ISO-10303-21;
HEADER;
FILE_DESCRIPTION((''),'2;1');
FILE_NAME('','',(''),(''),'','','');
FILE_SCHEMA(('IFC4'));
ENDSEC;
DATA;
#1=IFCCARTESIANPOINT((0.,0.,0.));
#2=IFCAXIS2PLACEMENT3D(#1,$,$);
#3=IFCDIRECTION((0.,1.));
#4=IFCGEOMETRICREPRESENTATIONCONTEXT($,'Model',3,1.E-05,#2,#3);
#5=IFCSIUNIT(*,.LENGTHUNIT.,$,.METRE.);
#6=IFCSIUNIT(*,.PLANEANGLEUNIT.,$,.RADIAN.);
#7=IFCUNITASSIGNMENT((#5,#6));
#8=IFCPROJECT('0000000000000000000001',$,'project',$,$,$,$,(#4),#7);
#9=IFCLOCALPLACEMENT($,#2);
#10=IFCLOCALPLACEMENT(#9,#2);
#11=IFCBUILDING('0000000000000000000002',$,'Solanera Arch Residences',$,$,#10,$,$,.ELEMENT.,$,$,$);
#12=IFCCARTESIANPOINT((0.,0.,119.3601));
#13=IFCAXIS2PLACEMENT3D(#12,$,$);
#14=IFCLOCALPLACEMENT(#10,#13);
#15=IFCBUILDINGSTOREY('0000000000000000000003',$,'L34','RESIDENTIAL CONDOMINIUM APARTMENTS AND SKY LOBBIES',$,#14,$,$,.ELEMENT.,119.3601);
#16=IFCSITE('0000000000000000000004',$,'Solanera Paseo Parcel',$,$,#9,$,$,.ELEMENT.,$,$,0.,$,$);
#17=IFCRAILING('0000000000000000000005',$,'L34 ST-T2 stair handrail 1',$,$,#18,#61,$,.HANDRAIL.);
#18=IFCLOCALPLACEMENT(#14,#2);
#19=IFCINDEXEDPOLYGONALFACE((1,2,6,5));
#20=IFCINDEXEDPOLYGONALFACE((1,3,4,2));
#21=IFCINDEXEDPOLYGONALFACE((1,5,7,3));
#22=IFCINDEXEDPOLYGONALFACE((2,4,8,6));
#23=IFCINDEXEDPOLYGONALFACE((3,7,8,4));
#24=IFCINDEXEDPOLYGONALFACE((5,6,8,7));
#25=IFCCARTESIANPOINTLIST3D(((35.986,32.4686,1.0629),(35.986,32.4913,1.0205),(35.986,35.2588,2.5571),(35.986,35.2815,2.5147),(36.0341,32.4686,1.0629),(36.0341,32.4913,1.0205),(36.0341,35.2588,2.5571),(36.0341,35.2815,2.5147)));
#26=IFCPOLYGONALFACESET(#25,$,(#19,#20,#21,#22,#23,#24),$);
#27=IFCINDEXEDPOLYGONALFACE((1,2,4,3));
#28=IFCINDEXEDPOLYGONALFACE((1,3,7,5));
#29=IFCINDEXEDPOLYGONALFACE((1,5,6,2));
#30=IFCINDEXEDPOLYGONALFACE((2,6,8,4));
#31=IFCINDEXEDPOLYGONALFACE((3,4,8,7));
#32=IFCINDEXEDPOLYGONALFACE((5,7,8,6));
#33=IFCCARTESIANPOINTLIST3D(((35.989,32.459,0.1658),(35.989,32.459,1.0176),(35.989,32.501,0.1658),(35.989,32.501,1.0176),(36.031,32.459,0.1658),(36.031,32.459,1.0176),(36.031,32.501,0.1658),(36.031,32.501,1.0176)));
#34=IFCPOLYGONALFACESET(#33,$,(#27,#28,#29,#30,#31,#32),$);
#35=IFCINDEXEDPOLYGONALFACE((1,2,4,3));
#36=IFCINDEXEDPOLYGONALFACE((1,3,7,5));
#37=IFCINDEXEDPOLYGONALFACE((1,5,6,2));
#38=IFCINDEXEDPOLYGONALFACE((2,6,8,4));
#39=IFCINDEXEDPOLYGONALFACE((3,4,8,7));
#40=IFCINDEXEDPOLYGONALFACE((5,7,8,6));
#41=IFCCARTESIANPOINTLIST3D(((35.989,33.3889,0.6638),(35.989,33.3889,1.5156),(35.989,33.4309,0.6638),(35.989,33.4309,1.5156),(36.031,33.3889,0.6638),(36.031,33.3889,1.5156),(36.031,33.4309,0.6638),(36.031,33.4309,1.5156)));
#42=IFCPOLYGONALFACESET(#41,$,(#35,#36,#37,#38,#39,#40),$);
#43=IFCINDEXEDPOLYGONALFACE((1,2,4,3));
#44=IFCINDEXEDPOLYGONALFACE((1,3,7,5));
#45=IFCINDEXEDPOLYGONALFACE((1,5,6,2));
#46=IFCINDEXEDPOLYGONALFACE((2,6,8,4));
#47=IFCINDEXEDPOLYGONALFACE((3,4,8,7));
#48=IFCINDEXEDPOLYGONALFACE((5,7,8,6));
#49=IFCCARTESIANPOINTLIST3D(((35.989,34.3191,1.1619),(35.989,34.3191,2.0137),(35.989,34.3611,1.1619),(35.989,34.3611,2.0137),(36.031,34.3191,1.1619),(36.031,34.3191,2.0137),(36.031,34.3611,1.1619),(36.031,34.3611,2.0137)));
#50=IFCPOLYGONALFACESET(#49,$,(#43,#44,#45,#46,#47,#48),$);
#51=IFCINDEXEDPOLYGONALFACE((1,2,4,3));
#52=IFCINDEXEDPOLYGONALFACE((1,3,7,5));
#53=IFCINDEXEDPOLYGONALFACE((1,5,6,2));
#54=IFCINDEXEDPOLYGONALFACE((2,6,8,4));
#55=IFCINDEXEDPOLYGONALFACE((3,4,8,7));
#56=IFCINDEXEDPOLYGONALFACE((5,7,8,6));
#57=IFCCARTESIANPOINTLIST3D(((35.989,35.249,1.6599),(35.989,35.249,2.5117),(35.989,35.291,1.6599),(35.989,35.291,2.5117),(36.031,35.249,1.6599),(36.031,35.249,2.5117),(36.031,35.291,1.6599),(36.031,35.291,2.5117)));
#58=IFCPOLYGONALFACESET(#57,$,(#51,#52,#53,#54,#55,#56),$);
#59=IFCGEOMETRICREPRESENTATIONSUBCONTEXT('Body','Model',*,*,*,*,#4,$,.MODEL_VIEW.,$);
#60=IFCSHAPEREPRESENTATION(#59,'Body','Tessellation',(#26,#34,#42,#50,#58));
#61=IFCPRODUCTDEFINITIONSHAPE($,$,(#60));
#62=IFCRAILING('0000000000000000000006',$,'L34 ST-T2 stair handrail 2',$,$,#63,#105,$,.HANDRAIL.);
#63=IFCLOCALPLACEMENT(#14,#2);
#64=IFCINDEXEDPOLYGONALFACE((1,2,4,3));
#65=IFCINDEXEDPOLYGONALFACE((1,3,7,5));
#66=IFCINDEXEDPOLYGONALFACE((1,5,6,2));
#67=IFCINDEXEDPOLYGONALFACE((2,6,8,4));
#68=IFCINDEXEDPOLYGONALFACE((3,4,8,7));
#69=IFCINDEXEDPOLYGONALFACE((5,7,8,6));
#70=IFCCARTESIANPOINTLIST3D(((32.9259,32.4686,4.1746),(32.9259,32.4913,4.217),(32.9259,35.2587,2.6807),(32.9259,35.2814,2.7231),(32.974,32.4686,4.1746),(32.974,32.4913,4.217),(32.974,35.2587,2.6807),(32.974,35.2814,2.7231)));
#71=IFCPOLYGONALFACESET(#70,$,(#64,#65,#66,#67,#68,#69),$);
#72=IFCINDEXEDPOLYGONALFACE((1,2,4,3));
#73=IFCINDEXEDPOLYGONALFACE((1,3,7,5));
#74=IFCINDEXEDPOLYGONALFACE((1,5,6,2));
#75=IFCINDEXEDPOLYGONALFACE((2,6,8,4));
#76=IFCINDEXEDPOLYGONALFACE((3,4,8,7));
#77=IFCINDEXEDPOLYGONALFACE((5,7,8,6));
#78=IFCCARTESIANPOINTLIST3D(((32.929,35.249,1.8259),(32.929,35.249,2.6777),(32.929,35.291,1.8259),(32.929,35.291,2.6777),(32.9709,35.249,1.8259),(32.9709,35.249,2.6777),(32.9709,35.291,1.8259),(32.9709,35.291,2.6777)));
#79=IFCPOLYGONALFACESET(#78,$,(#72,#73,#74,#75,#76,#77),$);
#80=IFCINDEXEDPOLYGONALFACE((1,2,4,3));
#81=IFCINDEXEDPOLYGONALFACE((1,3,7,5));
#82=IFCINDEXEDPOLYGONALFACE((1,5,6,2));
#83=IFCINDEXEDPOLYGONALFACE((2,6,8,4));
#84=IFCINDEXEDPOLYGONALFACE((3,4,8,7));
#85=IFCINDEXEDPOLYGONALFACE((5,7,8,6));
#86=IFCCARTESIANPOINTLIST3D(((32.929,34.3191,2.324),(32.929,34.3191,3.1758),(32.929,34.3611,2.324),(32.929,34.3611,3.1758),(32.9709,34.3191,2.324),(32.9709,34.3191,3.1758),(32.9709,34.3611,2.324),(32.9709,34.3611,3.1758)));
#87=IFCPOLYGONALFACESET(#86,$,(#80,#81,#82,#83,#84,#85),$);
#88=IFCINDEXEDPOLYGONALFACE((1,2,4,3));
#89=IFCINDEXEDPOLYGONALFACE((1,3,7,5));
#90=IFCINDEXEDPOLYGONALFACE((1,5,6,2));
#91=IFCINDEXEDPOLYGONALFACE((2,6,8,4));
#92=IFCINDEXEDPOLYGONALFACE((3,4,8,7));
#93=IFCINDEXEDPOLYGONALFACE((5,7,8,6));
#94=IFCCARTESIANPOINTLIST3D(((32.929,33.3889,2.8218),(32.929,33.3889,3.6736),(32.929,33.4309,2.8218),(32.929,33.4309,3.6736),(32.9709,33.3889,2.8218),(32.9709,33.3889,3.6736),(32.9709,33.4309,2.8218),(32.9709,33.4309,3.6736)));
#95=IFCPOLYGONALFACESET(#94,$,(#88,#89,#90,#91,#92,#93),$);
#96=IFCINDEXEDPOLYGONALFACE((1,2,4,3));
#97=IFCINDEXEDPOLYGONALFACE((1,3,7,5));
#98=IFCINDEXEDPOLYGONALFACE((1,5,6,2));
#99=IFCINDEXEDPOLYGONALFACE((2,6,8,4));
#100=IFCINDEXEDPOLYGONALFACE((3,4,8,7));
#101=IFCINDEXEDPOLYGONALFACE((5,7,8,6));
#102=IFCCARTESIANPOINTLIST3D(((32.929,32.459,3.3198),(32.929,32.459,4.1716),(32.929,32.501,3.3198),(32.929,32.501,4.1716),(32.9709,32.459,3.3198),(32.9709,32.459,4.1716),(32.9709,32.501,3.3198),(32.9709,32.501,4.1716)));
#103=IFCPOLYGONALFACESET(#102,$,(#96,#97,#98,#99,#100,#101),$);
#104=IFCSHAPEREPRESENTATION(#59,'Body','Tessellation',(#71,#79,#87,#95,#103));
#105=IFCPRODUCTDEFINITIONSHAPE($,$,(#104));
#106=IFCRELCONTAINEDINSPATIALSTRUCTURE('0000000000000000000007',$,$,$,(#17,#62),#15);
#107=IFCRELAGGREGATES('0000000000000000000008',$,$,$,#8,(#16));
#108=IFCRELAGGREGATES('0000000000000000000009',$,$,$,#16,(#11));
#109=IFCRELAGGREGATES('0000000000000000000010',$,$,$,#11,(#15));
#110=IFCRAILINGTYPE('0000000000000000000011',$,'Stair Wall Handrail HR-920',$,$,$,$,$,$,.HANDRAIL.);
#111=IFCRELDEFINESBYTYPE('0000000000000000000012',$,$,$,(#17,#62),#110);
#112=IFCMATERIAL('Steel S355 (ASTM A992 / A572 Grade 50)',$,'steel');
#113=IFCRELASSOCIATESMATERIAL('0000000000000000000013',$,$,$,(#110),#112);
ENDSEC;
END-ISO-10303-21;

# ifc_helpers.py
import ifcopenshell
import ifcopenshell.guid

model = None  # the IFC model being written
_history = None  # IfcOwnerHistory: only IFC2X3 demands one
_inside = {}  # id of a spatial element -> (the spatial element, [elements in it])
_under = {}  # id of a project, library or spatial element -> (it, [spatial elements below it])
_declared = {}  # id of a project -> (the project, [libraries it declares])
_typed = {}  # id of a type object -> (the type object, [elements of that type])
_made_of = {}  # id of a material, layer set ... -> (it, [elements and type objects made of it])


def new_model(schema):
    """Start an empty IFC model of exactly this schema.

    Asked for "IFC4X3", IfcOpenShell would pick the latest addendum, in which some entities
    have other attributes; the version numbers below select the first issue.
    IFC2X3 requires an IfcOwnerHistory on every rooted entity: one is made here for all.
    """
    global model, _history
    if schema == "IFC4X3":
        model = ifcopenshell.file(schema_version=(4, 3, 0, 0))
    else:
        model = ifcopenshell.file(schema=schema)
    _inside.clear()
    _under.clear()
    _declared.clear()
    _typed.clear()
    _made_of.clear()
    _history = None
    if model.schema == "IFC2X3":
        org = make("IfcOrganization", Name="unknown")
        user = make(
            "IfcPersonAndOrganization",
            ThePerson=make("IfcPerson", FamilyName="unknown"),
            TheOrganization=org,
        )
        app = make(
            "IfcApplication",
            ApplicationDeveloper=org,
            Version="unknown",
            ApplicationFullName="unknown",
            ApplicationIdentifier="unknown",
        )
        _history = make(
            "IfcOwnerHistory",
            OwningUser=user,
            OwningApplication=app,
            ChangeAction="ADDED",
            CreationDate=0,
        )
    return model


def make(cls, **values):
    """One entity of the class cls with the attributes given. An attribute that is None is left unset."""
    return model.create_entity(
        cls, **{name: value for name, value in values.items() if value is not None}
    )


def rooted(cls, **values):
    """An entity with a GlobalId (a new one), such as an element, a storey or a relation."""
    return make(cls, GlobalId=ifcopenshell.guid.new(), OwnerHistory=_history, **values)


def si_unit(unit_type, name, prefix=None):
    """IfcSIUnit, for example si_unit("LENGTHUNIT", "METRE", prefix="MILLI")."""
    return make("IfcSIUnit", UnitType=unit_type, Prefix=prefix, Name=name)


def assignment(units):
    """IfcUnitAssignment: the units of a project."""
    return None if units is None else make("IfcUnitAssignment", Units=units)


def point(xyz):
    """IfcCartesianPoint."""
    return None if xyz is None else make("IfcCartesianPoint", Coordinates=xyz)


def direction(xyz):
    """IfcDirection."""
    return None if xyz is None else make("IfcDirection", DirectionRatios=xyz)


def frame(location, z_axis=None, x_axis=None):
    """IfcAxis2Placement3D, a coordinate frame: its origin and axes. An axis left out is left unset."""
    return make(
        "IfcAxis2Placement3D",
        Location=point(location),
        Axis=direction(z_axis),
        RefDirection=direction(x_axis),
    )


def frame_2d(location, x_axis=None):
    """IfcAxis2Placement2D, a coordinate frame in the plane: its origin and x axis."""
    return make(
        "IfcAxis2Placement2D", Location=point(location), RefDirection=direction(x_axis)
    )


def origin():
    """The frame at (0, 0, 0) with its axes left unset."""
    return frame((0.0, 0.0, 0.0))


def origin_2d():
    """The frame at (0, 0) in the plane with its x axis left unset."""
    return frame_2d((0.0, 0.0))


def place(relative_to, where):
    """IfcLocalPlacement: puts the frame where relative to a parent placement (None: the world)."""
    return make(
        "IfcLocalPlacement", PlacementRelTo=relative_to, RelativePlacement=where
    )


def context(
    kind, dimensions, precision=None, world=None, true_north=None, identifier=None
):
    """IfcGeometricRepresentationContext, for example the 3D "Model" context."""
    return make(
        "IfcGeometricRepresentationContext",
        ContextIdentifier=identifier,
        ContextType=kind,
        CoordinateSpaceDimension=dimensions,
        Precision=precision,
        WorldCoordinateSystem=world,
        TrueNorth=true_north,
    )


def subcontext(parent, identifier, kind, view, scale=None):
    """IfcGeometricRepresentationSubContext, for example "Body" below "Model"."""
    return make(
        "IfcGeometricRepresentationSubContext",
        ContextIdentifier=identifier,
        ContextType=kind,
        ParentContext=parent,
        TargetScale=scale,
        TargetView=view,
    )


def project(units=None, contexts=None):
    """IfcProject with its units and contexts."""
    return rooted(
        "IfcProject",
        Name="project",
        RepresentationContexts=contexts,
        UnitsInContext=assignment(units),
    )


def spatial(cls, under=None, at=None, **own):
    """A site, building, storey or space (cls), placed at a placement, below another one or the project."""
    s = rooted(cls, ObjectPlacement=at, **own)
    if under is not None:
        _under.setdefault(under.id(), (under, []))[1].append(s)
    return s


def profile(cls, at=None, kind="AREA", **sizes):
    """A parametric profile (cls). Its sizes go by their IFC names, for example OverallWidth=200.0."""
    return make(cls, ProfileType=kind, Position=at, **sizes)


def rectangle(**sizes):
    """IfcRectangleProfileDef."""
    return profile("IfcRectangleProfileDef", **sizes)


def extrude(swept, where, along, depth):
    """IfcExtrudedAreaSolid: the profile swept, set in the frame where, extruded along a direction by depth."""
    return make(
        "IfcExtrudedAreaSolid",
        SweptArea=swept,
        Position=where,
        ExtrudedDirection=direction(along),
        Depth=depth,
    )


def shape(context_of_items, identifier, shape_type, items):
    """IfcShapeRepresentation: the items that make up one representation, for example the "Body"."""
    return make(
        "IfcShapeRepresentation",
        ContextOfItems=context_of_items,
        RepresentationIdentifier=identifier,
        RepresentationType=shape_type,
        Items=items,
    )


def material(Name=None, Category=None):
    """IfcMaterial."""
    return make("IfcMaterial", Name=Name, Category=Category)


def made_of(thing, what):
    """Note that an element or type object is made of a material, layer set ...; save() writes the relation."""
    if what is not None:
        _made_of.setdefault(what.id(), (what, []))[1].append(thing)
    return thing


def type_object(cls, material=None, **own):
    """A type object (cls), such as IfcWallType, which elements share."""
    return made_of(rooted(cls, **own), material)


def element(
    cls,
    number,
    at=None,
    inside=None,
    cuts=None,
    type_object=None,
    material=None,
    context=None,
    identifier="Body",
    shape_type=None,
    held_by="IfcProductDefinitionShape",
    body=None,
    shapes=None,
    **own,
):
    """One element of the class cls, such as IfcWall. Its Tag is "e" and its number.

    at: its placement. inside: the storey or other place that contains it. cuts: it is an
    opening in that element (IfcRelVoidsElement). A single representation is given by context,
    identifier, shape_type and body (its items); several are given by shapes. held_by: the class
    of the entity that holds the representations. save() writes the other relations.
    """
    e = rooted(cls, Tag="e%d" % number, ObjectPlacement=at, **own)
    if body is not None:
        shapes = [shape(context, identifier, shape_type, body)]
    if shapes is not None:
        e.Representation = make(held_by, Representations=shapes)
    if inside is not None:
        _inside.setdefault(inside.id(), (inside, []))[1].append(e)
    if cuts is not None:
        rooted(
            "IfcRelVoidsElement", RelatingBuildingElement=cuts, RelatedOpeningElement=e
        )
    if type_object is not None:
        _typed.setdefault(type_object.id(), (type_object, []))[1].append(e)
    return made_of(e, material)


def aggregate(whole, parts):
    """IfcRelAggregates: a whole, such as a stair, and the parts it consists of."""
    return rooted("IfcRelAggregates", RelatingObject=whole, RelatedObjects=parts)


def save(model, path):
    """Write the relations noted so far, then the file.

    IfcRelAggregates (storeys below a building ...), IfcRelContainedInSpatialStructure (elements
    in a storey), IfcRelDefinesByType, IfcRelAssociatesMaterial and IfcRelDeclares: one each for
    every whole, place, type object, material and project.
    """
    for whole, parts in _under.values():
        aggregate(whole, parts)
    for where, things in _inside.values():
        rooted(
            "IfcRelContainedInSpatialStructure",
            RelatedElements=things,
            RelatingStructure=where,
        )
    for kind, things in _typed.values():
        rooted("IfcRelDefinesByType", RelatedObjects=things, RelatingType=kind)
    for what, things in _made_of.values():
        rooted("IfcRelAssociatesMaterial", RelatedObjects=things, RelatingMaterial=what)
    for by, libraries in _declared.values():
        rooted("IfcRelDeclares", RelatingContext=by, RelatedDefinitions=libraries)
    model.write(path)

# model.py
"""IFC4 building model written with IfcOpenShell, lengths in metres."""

from ifc_helpers import new_model, si_unit, direction, frame, origin, origin_2d, place, context, subcontext, project, spatial, rectangle, extrude, material, type_object, element, save


model = new_model("IFC4")

# Units and contexts
model_context = context("Model", 3, precision=1e-05, world=origin(), true_north=direction((0.0, 1.0)))
body_context = subcontext(model_context, "Body", "Model", "MODEL_VIEW")
ifc_project = project(units=[si_unit("LENGTHUNIT", "METRE"), si_unit("PLANEANGLEUNIT", "RADIAN")], contexts=[model_context])

# Site, building, storey
site_placement = place(None, origin())
site = spatial("IfcSite", under=ifc_project, at=site_placement, Name="Solanera Paseo Parcel", CompositionType="ELEMENT", RefElevation=0.0)
building_placement = place(site_placement, origin())
building = spatial("IfcBuilding", under=site, at=building_placement, Name="Solanera Arch Residences", CompositionType="ELEMENT")
storey_placement = place(building_placement, frame((0.0, 0.0, 119.3601)))
storey = spatial("IfcBuildingStorey", under=building, at=storey_placement, Name="L34", Description="RESIDENTIAL CONDOMINIUM APARTMENTS AND SKY LOBBIES", CompositionType="ELEMENT", Elevation=119.3601)

# Railings
ifc_material_1 = material(Name="Steel S355 (ASTM A992 / A572 Grade 50)", Category="steel")
railing_type_1 = type_object("IfcRailingType", Name="Stair Wall Handrail HR-920", PredefinedType="HANDRAIL", material=ifc_material_1)
railing_1_placement = place(storey_placement, frame((36.01, 32.48, 0.1658)))
element("IfcRailing", 1, at=railing_1_placement, inside=storey, type_object=railing_type_1, Name="L34 ST-T2 stair handrail 1", PredefinedType="HANDRAIL", context=body_context, shape_type="SweptSolid", body=[
    extrude(rectangle(XDim=0.0481, YDim=0.0481, at=origin_2d()), frame((0.0, 0.0, 0.876), z_axis=(0.0, 0.881549, 0.472093), x_axis=(-1.0, 0.0, 0.0)), (0.0, 0.0, 1.0), 3.165),
    extrude(rectangle(XDim=0.042, YDim=0.042, at=origin_2d()), origin(), (0.0, 0.0, 1.0), 0.8518),
    extrude(rectangle(XDim=0.042, YDim=0.042, at=origin_2d()), frame((0.0, 0.9299, 0.498)), (0.0, 0.0, 1.0), 0.8518),
    extrude(rectangle(XDim=0.042, YDim=0.042, at=origin_2d()), frame((0.0, 1.8601, 0.9961)), (0.0, 0.0, 1.0), 0.8518),
    extrude(rectangle(XDim=0.042, YDim=0.042, at=origin_2d()), frame((0.0, 2.79, 1.4941)), (0.0, 0.0, 1.0), 0.8518),
])
railing_2_placement = place(storey_placement, frame((32.95, 35.27, 1.8259)))
element("IfcRailing", 2, at=railing_2_placement, inside=storey, type_object=railing_type_1, Name="L34 ST-T2 stair handrail 2", PredefinedType="HANDRAIL", context=body_context, shape_type="SweptSolid", body=[
    extrude(rectangle(XDim=0.0481, YDim=0.0481, at=origin_2d()), frame((0.0, 0.0, 0.876), z_axis=(0.0, -0.881581, 0.472033), x_axis=(1.0, 0.0, 0.0)), (0.0, 0.0, 1.0), 3.1648),
    extrude(rectangle(XDim=0.042, YDim=0.042, at=origin_2d()), origin(), (0.0, 0.0, 1.0), 0.8518),
    extrude(rectangle(XDim=0.042, YDim=0.042, at=origin_2d()), frame((0.0, -0.9299, 0.498)), (0.0, 0.0, 1.0), 0.8518),
    extrude(rectangle(XDim=0.042, YDim=0.042, at=origin_2d()), frame((0.0, -1.8601, 0.9958)), (0.0, 0.0, 1.0), 0.8518),
    extrude(rectangle(XDim=0.042, YDim=0.042, at=origin_2d()), frame((0.0, -2.79, 1.4939)), (0.0, 0.0, 1.0), 0.8518),
])

save(model, "model.ifc")
